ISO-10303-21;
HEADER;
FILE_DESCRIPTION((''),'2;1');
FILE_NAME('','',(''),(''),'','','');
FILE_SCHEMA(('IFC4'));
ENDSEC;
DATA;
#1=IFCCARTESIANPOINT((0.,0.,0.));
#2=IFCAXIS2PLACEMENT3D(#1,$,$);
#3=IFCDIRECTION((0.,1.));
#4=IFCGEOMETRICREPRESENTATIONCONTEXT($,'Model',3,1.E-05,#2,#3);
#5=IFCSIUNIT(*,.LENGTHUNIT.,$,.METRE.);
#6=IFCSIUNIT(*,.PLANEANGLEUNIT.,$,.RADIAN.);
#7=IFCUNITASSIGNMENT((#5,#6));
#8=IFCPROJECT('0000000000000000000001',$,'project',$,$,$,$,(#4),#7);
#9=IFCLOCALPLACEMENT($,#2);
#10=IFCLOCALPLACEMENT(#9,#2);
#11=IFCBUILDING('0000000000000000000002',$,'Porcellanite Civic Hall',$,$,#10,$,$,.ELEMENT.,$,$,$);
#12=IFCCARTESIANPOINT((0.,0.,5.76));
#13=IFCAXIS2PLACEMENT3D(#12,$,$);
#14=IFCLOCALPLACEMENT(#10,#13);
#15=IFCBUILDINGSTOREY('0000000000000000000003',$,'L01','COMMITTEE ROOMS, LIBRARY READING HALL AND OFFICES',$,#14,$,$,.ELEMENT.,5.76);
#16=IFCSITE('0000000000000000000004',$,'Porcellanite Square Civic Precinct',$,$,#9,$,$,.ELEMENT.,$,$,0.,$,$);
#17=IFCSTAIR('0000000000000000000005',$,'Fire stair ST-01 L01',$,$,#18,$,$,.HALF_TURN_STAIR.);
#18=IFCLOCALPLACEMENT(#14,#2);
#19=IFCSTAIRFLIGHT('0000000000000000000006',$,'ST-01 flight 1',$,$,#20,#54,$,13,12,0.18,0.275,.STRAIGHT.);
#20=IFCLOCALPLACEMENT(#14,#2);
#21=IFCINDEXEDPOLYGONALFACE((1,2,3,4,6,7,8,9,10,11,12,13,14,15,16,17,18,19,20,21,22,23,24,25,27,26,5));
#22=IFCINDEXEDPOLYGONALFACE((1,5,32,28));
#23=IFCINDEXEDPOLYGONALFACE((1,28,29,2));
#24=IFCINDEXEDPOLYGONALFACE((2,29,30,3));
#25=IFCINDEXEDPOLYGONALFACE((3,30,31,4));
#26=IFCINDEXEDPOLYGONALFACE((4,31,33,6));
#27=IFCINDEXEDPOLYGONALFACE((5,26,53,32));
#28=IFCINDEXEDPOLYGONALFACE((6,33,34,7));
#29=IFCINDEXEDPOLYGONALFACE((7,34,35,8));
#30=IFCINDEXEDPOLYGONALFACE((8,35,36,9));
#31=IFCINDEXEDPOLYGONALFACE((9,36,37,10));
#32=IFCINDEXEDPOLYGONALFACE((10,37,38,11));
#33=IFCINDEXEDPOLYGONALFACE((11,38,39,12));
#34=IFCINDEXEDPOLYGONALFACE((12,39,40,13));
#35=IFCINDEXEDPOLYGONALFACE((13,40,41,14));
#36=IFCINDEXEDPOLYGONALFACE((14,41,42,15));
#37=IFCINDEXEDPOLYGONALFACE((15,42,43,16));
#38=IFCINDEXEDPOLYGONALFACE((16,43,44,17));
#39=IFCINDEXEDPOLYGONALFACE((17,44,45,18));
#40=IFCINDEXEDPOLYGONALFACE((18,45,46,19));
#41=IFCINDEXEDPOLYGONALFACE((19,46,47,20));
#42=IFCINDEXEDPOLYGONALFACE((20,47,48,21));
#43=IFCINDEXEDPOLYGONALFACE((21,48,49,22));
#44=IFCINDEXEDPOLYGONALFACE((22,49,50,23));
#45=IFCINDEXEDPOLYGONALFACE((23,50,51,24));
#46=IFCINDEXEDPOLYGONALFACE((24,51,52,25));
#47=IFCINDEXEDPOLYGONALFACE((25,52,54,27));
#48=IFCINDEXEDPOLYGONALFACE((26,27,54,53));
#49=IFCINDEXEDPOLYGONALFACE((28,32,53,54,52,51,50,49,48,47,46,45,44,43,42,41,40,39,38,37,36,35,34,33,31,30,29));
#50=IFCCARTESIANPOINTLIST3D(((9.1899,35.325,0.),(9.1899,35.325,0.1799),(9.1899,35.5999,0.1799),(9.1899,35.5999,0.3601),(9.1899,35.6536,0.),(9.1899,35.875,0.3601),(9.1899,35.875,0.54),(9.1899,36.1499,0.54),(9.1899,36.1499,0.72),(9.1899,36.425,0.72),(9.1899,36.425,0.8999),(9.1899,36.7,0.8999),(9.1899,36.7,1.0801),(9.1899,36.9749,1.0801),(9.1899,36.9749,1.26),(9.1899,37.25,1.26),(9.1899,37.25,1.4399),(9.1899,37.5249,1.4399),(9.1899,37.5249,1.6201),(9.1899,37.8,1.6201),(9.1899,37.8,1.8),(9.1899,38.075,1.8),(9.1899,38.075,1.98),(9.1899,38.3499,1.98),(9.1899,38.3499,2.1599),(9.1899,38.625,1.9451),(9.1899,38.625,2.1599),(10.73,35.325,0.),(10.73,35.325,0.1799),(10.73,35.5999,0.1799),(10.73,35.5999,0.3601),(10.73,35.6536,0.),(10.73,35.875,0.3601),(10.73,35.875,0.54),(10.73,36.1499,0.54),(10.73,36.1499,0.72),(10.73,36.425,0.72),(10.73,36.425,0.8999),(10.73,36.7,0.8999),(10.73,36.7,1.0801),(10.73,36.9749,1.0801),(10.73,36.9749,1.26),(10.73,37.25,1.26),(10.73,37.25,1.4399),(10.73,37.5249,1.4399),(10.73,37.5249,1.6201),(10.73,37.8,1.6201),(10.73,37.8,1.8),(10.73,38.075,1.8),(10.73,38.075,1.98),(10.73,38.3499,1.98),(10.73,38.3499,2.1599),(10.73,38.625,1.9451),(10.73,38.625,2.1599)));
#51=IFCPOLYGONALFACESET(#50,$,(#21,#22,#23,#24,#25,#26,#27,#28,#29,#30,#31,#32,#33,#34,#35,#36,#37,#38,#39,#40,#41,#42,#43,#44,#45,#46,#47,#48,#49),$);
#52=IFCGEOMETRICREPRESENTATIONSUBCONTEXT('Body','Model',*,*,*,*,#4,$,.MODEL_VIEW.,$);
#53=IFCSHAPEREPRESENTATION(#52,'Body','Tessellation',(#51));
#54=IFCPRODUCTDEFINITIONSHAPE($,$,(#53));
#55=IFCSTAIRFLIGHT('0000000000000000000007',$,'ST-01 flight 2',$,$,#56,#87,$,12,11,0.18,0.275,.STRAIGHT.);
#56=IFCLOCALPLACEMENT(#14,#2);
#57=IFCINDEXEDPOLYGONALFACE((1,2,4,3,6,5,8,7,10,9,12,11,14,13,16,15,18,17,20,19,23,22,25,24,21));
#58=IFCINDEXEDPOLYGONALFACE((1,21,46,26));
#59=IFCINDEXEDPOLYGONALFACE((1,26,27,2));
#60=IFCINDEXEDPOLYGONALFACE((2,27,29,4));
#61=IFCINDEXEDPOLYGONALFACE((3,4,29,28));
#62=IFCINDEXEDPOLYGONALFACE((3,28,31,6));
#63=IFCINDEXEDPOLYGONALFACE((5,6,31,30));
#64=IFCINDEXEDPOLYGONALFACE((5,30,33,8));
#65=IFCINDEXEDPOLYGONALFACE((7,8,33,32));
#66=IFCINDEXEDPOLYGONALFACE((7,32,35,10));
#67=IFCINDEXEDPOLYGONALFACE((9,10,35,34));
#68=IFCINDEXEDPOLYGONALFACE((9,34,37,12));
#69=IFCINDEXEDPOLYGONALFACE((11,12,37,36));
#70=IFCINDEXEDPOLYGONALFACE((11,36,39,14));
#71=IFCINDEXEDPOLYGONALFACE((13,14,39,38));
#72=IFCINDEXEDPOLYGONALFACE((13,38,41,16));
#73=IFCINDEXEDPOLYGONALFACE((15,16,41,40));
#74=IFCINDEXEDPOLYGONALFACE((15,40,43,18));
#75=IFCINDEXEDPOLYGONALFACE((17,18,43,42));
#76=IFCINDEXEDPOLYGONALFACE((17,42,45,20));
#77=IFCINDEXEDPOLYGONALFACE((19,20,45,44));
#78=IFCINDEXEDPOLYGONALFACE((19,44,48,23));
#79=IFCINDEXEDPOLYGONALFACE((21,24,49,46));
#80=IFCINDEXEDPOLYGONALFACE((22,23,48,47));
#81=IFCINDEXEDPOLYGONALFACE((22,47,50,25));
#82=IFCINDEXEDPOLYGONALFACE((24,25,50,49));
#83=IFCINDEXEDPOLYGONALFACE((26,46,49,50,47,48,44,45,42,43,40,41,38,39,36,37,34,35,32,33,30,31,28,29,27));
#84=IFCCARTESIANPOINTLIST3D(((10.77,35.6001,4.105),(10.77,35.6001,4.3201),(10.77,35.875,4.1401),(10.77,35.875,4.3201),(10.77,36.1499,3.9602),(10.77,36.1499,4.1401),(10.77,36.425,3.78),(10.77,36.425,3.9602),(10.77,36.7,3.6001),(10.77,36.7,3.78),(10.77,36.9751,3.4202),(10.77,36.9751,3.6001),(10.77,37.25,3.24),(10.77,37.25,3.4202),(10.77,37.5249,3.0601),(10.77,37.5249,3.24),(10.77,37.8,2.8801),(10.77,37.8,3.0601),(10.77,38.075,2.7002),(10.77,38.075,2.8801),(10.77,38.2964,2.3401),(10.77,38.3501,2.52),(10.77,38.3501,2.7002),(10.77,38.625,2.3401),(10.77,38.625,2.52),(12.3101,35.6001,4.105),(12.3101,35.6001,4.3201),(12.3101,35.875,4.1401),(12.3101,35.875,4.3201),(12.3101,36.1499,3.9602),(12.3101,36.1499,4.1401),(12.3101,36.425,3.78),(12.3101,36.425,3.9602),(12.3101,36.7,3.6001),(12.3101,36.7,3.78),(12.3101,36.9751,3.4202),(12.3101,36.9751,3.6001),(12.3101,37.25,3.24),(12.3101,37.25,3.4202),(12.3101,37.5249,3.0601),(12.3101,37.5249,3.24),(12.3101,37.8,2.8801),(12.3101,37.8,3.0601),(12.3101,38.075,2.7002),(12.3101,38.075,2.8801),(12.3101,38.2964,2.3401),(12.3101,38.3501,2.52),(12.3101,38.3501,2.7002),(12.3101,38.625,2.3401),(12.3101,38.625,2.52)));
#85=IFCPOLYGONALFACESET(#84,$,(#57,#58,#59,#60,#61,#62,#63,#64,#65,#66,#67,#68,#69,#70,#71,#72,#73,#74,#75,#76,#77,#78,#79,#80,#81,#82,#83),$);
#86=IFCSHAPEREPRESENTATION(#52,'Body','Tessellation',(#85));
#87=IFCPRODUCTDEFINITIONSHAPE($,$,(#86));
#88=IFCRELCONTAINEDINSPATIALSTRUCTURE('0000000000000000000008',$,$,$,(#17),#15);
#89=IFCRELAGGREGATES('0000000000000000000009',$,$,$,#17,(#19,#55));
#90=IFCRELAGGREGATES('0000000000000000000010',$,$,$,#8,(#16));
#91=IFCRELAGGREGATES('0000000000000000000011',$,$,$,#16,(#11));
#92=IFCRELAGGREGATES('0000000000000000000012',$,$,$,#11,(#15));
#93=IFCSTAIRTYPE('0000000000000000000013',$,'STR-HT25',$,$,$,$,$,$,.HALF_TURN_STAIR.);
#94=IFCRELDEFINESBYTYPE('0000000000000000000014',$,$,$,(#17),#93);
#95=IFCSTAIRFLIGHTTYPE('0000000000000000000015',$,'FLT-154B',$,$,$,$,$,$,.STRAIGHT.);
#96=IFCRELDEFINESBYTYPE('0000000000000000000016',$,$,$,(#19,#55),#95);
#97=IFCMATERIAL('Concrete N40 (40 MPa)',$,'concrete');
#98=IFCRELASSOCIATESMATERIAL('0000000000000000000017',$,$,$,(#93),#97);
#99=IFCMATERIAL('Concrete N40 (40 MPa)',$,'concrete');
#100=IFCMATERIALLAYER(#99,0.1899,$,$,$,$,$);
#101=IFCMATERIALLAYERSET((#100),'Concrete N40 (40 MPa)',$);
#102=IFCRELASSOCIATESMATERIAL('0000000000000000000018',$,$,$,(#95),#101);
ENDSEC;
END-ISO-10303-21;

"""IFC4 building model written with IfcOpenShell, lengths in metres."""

from ifc_helpers import new_model, si_unit, direction, frame, origin, place, context, subcontext, project, spatial, polyline, outline, extrude, material, layer, layer_set, type_object, element, aggregate, save


model = new_model("IFC4")

# Units and contexts
model_context = context("Model", 3, precision=1e-05, world=origin(), true_north=direction((0.0, 1.0)))
body_context = subcontext(model_context, "Body", "Model", "MODEL_VIEW")
ifc_project = project(units=[si_unit("LENGTHUNIT", "METRE"), si_unit("PLANEANGLEUNIT", "RADIAN")], contexts=[model_context])

# Site, building, storey
site_placement = place(None, origin())
site = spatial("IfcSite", under=ifc_project, at=site_placement, Name="Porcellanite Square Civic Precinct", CompositionType="ELEMENT", RefElevation=0.0)
building_placement = place(site_placement, origin())
building = spatial("IfcBuilding", under=site, at=building_placement, Name="Porcellanite Civic Hall", CompositionType="ELEMENT")
storey_placement = place(building_placement, frame((0.0, 0.0, 5.76)))
storey = spatial("IfcBuildingStorey", under=building, at=storey_placement, Name="L01", Description="COMMITTEE ROOMS, LIBRARY READING HALL AND OFFICES", CompositionType="ELEMENT", Elevation=5.76)

# Stair, stair flights
ifc_material_1 = material(Name="Concrete N40 (40 MPa)", Category="concrete")
stair_type = type_object("IfcStairType", Name="STR-HT25", PredefinedType="HALF_TURN_STAIR", material=ifc_material_1)
stair_placement = place(storey_placement, origin())
stair = element("IfcStair", 1, at=stair_placement, inside=storey, type_object=stair_type, Name="Fire stair ST-01 L01", PredefinedType="HALF_TURN_STAIR")
ifc_material_2 = material(Name="Concrete N40 (40 MPa)", Category="concrete")
ifc_layer_1 = layer(ifc_material_2, 0.1899)
ifc_layer_set_1 = layer_set([ifc_layer_1], Name="Concrete N40 (40 MPa)")
stair_flight_type = type_object("IfcStairFlightType", Name="FLT-154B", PredefinedType="STRAIGHT", material=ifc_layer_set_1)
stair_flight_1_placement = place(storey_placement, frame((9.96, 35.325, 0.0), z_axis=(0.0, 0.0, 1.0), x_axis=(0.0, 1.0, 0.0)))
stair_flight_1 = element("IfcStairFlight", 2, at=stair_flight_1_placement, type_object=stair_flight_type, Name="ST-01 flight 1", NumberOfRisers=13, NumberOfTreads=12, PredefinedType="STRAIGHT", RiserHeight=0.18, TreadLength=0.275, context=body_context, shape_type="SweptSolid", body=[
    extrude(outline(polyline([(0.0, 0.0), (0.0, 0.1799), (0.2749, 0.1799), (0.2749, 0.3601), (0.55, 0.3601), (0.55, 0.54), (0.825, 0.54), (0.825, 0.72), (1.1001, 0.72), (1.1001, 0.8999), (1.375, 0.8999), (1.375, 1.0801), (1.6499, 1.0801), (1.6499, 1.26), (1.925, 1.26), (1.925, 1.4399), (2.2, 1.4399), (2.2, 1.6201), (2.4751, 1.6201), (2.4751, 1.8), (2.75, 1.8), (2.75, 1.98), (3.0249, 1.98), (3.0249, 2.1599), (3.3, 2.1599), (3.3, 2.3401), (3.3, 1.9451), (0.3286, 0.0), (0.0, 0.0)])), frame((0.0, 0.77, 0.0), z_axis=(0.0, -1.0, 0.0), x_axis=(1.0, 0.0, 0.0)), (0.0, 0.0, 1.0), 1.54),
])
stair_flight_2_placement = place(storey_placement, frame((11.54, 38.625, 2.3401), z_axis=(0.0, 0.0, 1.0), x_axis=(0.0, -1.0, 0.0)))
stair_flight_2 = element("IfcStairFlight", 3, at=stair_flight_2_placement, type_object=stair_flight_type, Name="ST-01 flight 2", NumberOfRisers=12, NumberOfTreads=11, PredefinedType="STRAIGHT", RiserHeight=0.18, TreadLength=0.275, context=body_context, shape_type="SweptSolid", body=[
    extrude(outline(polyline([(0.0, 0.0), (0.0, 0.1799), (0.2749, 0.1799), (0.2749, 0.3601), (0.55, 0.3601), (0.55, 0.54), (0.825, 0.54), (0.825, 0.72), (1.1001, 0.72), (1.1001, 0.8999), (1.375, 0.8999), (1.375, 1.0801), (1.6499, 1.0801), (1.6499, 1.26), (1.925, 1.26), (1.925, 1.4399), (2.2, 1.4399), (2.2, 1.6201), (2.4751, 1.6201), (2.4751, 1.8), (2.75, 1.8), (2.75, 1.98), (3.0249, 1.98), (3.0249, 2.1599), (3.0249, 1.7649), (0.3286, 0.0), (0.0, 0.0)])), frame((0.0, 0.77, 0.0), z_axis=(0.0, -1.0, 0.0), x_axis=(1.0, 0.0, 0.0)), (0.0, 0.0, 1.0), 1.54),
])
aggregate(stair, [stair_flight_1, stair_flight_2])

save(model, "model.ifc")
